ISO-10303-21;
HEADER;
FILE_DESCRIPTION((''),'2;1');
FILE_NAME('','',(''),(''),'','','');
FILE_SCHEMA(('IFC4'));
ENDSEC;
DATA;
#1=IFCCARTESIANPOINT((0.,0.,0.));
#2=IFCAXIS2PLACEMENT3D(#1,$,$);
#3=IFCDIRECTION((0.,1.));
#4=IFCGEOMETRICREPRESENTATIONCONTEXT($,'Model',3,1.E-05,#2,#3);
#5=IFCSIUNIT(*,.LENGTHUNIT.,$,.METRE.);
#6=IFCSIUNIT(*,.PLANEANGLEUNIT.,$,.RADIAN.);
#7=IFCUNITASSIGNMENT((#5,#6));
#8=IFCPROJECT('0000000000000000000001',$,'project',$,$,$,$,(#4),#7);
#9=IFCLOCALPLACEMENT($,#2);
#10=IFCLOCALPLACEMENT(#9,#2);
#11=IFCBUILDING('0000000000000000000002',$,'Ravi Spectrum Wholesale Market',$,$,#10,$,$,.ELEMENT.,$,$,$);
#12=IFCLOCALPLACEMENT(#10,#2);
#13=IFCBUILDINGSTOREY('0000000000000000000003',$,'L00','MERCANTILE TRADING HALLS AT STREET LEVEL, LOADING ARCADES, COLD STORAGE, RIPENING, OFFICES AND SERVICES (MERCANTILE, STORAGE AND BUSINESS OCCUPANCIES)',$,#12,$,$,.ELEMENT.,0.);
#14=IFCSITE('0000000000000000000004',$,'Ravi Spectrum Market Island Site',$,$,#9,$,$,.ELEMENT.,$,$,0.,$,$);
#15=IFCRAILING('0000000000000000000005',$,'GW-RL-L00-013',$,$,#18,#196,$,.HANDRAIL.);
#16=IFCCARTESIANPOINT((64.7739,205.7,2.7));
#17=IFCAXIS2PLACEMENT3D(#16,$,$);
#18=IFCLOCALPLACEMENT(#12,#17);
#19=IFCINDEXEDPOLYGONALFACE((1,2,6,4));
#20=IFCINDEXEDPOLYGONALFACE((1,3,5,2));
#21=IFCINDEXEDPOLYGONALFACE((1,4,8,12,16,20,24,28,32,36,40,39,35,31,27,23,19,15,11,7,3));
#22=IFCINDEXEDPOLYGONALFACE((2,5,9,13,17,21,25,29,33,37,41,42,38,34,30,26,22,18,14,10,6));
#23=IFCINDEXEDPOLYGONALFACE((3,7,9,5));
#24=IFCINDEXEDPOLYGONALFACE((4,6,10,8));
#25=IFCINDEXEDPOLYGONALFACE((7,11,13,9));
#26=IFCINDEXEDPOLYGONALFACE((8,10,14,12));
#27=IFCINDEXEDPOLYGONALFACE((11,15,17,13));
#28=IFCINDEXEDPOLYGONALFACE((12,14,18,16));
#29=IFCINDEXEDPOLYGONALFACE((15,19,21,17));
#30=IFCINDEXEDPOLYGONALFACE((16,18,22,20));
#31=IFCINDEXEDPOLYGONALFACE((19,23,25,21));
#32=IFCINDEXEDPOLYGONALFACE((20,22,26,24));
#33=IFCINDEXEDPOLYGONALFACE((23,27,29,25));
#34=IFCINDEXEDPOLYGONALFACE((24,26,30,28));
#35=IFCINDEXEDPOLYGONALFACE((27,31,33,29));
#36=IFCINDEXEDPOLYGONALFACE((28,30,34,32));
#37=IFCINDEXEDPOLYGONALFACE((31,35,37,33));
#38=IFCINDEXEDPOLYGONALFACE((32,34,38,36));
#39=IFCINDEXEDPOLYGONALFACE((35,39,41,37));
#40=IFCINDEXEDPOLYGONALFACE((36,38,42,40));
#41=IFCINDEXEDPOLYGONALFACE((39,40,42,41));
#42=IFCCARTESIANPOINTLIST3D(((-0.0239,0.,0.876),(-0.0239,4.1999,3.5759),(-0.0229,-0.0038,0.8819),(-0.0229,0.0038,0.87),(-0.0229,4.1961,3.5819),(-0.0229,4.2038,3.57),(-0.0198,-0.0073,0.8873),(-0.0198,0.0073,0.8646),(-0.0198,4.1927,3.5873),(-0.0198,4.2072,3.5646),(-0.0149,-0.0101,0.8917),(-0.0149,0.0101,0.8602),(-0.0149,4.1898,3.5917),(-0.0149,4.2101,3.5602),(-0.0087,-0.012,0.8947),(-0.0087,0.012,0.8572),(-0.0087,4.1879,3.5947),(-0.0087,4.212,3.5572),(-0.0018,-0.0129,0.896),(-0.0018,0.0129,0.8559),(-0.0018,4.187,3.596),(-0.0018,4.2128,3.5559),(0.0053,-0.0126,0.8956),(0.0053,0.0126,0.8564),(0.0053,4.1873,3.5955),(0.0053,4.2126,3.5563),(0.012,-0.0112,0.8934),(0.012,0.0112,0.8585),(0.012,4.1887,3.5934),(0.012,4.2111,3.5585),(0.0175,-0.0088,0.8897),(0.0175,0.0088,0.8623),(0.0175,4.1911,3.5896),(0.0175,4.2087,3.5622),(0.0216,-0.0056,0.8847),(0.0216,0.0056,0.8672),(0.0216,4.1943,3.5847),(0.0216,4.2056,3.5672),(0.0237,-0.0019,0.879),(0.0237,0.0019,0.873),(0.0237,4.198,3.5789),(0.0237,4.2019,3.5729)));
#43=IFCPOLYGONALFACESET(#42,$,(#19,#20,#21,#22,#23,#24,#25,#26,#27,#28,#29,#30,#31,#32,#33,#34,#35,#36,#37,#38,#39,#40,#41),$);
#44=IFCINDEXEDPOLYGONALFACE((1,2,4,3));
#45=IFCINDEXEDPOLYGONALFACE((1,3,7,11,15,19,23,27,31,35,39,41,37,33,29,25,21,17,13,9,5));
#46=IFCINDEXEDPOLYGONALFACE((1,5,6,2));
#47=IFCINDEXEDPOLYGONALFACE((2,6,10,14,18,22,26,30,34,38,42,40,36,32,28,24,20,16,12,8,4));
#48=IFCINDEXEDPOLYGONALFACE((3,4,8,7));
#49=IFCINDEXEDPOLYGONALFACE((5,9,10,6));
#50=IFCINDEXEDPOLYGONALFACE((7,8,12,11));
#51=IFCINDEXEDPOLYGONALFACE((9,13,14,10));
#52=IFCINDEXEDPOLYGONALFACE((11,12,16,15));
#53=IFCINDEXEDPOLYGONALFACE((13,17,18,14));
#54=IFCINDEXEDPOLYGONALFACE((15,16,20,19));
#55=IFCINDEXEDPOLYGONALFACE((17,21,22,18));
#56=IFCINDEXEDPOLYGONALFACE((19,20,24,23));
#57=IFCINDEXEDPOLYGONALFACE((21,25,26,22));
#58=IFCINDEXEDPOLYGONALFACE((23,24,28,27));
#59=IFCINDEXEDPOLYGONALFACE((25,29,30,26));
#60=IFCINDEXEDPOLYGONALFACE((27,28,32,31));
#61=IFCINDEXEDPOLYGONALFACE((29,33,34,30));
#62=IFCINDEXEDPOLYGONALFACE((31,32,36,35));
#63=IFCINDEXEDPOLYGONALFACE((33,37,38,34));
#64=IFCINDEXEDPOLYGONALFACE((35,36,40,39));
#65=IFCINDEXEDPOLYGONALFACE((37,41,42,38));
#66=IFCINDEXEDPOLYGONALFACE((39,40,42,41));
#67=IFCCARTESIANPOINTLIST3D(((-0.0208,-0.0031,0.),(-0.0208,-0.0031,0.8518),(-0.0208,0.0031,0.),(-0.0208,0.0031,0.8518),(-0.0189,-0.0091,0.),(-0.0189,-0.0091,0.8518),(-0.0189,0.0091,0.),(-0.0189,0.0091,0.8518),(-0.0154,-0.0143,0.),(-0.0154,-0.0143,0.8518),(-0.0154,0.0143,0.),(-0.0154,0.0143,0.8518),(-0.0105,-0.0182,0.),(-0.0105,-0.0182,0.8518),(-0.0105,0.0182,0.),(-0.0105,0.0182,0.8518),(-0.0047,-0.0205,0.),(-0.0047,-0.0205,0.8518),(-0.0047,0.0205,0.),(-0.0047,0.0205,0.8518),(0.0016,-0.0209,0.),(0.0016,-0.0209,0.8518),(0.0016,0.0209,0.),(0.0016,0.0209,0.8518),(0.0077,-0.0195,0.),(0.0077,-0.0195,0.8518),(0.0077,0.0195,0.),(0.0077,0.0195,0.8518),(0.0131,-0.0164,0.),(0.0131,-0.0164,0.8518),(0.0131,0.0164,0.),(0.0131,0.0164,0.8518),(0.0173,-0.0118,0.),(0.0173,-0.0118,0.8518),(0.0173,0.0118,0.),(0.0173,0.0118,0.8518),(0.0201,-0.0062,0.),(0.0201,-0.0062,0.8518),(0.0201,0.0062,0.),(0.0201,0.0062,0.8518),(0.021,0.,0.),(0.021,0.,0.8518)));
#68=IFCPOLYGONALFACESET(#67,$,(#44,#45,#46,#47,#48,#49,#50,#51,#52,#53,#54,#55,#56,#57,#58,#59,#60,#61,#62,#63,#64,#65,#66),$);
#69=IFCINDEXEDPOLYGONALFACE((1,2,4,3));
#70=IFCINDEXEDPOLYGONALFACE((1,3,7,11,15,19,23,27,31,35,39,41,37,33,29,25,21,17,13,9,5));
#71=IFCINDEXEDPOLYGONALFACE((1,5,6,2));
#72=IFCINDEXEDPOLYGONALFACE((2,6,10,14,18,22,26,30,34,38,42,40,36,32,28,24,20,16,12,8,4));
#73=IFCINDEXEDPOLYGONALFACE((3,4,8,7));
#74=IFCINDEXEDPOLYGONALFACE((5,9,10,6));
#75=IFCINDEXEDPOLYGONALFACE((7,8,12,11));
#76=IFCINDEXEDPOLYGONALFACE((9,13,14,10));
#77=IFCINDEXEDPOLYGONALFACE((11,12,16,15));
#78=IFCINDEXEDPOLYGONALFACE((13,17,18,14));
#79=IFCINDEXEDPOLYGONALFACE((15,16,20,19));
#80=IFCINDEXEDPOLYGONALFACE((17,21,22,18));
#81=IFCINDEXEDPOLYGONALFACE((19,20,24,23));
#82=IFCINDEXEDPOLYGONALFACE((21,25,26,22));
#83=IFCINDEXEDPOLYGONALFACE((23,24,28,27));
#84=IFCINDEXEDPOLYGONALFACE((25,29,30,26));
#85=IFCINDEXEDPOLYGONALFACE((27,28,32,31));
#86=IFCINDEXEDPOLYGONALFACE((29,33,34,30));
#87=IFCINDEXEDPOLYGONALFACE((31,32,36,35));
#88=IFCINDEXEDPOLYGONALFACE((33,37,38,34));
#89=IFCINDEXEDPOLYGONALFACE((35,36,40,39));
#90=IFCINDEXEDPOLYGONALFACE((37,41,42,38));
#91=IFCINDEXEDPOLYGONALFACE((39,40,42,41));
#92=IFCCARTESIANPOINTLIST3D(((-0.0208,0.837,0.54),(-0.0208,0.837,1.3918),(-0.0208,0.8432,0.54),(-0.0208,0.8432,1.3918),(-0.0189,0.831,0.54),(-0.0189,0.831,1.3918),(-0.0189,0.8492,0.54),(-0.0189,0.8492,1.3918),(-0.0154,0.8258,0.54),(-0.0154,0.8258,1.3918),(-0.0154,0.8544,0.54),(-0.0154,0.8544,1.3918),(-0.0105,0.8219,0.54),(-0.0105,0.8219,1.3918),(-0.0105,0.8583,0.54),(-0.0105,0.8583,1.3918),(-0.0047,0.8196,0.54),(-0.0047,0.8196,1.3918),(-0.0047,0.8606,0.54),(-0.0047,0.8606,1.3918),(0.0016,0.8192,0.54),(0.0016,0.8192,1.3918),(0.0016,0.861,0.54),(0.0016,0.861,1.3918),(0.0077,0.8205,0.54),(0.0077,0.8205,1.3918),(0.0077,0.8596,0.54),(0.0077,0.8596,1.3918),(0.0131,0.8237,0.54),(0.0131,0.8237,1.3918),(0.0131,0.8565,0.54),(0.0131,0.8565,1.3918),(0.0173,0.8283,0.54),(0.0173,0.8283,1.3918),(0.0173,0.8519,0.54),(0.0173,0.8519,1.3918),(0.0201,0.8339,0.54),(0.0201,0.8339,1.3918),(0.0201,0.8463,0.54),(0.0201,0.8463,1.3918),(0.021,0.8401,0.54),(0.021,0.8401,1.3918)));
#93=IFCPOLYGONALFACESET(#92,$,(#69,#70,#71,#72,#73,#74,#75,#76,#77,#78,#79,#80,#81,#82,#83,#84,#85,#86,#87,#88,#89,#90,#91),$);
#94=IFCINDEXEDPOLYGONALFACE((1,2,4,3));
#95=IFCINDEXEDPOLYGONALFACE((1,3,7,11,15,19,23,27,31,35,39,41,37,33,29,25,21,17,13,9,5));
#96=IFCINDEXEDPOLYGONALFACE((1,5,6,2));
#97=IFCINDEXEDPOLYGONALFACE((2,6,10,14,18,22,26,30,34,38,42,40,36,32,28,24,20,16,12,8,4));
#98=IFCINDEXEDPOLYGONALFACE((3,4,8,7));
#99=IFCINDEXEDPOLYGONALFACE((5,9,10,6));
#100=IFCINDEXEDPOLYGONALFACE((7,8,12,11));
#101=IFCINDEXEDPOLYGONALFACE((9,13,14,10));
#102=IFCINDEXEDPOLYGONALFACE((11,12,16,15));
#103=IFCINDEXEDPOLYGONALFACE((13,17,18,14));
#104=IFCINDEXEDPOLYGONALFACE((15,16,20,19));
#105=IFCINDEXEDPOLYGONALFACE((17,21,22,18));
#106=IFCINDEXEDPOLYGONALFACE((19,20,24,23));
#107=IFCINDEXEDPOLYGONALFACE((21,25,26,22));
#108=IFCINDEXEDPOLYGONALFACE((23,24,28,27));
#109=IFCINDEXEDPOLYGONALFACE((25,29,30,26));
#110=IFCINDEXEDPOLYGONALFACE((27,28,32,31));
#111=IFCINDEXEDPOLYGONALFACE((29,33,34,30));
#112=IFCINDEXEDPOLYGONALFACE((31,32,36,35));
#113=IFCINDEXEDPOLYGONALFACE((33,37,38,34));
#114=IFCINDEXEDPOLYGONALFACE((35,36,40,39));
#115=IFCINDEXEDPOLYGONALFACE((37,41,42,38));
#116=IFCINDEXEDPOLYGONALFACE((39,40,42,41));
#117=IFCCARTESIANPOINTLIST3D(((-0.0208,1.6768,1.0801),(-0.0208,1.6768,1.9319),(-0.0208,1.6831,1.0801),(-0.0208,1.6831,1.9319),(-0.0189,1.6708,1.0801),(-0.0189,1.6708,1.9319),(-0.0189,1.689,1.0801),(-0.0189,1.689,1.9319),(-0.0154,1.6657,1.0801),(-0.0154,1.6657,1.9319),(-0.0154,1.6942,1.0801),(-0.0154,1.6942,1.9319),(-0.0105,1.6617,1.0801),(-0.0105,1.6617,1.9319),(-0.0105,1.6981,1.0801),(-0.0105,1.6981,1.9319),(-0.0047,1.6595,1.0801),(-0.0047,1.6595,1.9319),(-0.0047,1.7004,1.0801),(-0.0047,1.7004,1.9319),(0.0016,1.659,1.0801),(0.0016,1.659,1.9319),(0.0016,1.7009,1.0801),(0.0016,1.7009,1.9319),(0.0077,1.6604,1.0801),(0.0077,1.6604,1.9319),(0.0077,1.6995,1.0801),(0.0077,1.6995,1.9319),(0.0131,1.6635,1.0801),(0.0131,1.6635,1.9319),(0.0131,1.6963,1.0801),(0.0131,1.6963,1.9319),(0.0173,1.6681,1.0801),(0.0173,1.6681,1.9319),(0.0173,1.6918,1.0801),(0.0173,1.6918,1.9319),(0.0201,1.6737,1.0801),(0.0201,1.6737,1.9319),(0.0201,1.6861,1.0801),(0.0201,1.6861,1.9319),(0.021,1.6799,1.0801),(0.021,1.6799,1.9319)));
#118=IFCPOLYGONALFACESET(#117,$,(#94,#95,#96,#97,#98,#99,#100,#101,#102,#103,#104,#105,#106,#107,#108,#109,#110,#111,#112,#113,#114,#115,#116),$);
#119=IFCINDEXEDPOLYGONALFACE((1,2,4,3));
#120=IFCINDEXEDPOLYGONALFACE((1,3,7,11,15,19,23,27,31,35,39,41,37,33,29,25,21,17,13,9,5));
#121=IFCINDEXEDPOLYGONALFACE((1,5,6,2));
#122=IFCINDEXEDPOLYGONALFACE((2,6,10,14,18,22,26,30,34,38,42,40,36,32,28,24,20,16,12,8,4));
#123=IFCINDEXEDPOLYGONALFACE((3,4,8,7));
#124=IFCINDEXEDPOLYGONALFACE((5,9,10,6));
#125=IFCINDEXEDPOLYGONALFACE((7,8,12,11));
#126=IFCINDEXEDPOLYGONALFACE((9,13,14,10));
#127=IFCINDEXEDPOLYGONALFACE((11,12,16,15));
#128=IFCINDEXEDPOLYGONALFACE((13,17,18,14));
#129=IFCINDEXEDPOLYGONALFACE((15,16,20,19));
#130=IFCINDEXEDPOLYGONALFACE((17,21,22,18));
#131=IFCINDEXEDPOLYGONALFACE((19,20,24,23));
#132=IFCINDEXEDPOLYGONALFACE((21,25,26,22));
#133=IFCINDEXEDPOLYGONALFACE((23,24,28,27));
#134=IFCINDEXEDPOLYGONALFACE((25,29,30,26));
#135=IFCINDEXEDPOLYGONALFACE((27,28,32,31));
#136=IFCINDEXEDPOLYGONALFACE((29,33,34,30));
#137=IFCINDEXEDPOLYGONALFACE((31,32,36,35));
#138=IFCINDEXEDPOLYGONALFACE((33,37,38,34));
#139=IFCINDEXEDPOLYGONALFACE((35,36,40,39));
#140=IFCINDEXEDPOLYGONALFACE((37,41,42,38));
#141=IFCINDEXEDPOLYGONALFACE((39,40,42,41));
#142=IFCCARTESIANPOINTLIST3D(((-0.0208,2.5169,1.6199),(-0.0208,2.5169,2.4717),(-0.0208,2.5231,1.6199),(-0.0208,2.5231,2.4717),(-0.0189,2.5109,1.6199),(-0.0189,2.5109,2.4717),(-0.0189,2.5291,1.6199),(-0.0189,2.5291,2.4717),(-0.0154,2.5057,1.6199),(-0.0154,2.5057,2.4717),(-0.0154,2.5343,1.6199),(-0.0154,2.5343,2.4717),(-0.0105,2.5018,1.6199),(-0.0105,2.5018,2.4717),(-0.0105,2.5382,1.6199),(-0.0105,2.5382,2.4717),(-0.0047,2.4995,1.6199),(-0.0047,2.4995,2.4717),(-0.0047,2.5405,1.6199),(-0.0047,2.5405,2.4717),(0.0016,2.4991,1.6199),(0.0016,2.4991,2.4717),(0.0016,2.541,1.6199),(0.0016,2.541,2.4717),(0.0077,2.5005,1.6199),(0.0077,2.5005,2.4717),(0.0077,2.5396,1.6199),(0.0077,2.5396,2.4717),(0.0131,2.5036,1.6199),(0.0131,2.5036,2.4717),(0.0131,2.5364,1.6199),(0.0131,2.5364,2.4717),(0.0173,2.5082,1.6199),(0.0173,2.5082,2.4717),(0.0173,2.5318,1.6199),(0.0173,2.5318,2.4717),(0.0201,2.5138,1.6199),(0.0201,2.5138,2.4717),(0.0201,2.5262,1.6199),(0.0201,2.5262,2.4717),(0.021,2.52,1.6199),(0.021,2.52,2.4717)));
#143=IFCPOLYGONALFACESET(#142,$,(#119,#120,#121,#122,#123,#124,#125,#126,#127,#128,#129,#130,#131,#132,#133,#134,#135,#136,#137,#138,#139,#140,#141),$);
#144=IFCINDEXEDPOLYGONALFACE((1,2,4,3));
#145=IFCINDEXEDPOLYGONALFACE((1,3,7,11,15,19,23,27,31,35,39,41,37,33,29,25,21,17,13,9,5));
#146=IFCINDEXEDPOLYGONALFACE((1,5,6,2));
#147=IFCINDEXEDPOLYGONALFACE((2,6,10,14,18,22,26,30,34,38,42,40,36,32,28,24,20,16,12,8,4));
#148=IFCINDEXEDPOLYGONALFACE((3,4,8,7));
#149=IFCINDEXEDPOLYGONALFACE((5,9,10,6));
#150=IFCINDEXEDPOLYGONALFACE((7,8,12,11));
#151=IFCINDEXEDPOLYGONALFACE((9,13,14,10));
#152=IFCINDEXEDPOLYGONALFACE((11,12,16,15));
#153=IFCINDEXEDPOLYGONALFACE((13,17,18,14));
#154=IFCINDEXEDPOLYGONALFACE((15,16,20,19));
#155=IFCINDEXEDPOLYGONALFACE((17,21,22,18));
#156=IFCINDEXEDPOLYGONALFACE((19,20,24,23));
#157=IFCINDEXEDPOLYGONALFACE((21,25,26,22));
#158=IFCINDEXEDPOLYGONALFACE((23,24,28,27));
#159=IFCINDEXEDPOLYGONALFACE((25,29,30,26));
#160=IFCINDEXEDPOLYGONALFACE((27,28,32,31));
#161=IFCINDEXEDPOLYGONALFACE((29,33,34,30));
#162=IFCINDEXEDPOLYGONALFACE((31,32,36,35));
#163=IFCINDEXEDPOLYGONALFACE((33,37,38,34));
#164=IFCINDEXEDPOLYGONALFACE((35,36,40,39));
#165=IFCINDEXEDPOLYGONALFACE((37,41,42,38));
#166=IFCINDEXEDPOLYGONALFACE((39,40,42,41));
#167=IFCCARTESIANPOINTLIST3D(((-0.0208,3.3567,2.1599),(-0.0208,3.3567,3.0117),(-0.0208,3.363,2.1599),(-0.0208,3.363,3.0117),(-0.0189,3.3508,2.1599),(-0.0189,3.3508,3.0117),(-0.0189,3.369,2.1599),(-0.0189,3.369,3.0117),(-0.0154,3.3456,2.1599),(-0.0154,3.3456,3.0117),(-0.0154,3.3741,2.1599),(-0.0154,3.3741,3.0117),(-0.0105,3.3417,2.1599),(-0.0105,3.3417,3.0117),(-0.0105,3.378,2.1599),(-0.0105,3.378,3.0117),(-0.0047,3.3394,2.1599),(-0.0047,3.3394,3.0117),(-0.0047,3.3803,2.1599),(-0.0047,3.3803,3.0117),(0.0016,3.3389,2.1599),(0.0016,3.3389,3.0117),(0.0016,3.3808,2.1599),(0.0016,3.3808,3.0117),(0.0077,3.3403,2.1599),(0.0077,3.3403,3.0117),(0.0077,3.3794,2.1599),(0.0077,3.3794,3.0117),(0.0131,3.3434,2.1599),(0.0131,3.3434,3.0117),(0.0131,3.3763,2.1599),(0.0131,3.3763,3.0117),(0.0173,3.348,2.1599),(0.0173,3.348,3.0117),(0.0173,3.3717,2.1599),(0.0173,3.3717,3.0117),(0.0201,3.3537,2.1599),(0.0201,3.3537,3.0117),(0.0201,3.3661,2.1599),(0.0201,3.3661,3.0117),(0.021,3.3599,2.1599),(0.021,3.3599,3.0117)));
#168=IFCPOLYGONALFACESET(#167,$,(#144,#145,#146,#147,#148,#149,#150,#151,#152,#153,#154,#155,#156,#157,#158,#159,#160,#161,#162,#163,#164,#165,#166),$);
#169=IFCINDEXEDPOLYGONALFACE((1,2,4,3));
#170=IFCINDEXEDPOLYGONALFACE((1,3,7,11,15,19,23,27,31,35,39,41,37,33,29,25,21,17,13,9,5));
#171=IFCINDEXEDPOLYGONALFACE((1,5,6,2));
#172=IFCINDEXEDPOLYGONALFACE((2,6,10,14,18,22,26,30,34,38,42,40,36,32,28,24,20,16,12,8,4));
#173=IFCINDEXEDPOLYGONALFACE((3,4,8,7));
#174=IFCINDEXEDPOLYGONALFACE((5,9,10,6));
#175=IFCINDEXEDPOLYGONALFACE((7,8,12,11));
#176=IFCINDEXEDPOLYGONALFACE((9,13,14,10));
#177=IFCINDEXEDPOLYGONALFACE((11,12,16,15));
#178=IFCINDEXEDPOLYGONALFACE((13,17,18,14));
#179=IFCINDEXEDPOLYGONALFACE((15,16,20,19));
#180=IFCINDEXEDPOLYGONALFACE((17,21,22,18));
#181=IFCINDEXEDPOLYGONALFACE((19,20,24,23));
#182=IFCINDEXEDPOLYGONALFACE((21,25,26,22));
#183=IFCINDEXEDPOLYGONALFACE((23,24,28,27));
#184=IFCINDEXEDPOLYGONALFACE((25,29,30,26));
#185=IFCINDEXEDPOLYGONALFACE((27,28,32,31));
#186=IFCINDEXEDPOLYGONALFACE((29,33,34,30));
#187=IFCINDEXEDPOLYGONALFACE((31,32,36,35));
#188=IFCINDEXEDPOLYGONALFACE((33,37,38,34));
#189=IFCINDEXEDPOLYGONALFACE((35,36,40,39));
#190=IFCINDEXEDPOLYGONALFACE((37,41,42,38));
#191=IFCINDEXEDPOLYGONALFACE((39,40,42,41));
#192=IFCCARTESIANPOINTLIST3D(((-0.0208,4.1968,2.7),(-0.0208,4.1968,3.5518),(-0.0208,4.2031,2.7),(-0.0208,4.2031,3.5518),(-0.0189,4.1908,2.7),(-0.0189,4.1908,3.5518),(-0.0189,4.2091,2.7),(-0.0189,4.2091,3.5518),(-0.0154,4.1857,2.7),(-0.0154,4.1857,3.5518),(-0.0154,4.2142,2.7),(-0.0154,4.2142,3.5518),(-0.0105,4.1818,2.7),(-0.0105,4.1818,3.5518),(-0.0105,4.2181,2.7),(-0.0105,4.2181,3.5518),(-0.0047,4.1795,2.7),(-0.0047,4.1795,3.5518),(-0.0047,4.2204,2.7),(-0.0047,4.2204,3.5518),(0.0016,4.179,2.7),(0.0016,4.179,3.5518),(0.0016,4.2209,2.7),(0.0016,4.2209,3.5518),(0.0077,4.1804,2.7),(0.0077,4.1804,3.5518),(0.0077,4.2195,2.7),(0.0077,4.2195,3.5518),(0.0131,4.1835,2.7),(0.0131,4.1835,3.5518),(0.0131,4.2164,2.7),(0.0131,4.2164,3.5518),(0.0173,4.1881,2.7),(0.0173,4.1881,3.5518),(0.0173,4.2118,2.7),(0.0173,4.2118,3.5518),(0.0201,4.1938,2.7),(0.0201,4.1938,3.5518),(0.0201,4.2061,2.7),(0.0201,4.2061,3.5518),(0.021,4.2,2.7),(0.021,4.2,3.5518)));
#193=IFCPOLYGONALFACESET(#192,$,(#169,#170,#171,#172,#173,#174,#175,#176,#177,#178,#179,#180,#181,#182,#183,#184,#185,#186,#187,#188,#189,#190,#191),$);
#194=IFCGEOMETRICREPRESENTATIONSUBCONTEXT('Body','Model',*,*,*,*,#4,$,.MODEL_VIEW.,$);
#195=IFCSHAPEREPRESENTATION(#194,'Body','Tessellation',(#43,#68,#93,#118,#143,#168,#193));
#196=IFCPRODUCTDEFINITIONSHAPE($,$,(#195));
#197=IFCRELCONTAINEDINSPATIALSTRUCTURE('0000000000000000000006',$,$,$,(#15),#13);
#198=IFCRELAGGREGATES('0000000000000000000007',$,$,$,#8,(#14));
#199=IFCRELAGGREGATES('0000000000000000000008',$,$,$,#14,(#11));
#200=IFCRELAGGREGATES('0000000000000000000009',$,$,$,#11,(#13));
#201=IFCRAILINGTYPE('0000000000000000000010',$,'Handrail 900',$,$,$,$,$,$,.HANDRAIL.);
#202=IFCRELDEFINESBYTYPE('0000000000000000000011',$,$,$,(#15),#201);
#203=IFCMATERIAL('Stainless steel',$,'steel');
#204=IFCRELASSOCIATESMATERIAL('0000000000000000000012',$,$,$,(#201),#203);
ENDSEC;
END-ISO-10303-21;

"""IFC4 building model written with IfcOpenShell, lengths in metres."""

from ifc_helpers import new_model, si_unit, direction, frame, origin, origin_2d, place, context, subcontext, project, spatial, circle, extrude, material, type_object, element, save


model = new_model("IFC4")

# Units and contexts
model_context = context("Model", 3, precision=1e-05, world=origin(), true_north=direction((0.0, 1.0)))
body_context = subcontext(model_context, "Body", "Model", "MODEL_VIEW")
ifc_project = project(units=[si_unit("LENGTHUNIT", "METRE"), si_unit("PLANEANGLEUNIT", "RADIAN")], contexts=[model_context])

# Site, building, storey
site_placement = place(None, origin())
site = spatial("IfcSite", under=ifc_project, at=site_placement, Name="Ravi Spectrum Market Island Site", CompositionType="ELEMENT", RefElevation=0.0)
building_placement = place(site_placement, origin())
building = spatial("IfcBuilding", under=site, at=building_placement, Name="Ravi Spectrum Wholesale Market", CompositionType="ELEMENT")
storey_placement = place(building_placement, origin())
storey = spatial("IfcBuildingStorey", under=building, at=storey_placement, Name="L00", Description="MERCANTILE TRADING HALLS AT STREET LEVEL, LOADING ARCADES, COLD STORAGE, RIPENING, OFFICES AND SERVICES (MERCANTILE, STORAGE AND BUSINESS OCCUPANCIES)", CompositionType="ELEMENT", Elevation=0.0)

# Railing
ifc_material_1 = material(Name="Stainless steel", Category="steel")
railing_type = type_object("IfcRailingType", Name="Handrail 900", PredefinedType="HANDRAIL", material=ifc_material_1)
for number, where, name in (
    (1, (64.7739, 205.7, 2.7), "GW-RL-L00-013"),
):
    element("IfcRailing", number, at=place(storey_placement, frame(where)), inside=storey, type_object=railing_type, Name=name, PredefinedType="HANDRAIL", context=body_context, shape_type="SweptSolid", body=[
        extrude(circle(Radius=0.0239, at=origin_2d()), frame((0.0, 0.0, 0.876), z_axis=(0.0, 0.84118, 0.540755), x_axis=(-1.0, 0.0, 0.0)), (0.0, 0.0, 1.0), 4.9929),
        extrude(circle(Radius=0.021, at=origin_2d()), origin(), (0.0, 0.0, 1.0), 0.8518),
        extrude(circle(Radius=0.021, at=origin_2d()), frame((0.0, 0.8401, 0.54)), (0.0, 0.0, 1.0), 0.8518),
        extrude(circle(Radius=0.021, at=origin_2d()), frame((0.0, 1.6799, 1.0801)), (0.0, 0.0, 1.0), 0.8518),
        extrude(circle(Radius=0.021, at=origin_2d()), frame((0.0, 2.52, 1.6199)), (0.0, 0.0, 1.0), 0.8518),
        extrude(circle(Radius=0.021, at=origin_2d()), frame((0.0, 3.3599, 2.1599)), (0.0, 0.0, 1.0), 0.8518),
        extrude(circle(Radius=0.021, at=origin_2d()), frame((0.0, 4.2, 2.7)), (0.0, 0.0, 1.0), 0.8518),
    ])

save(model, "model.ifc")
